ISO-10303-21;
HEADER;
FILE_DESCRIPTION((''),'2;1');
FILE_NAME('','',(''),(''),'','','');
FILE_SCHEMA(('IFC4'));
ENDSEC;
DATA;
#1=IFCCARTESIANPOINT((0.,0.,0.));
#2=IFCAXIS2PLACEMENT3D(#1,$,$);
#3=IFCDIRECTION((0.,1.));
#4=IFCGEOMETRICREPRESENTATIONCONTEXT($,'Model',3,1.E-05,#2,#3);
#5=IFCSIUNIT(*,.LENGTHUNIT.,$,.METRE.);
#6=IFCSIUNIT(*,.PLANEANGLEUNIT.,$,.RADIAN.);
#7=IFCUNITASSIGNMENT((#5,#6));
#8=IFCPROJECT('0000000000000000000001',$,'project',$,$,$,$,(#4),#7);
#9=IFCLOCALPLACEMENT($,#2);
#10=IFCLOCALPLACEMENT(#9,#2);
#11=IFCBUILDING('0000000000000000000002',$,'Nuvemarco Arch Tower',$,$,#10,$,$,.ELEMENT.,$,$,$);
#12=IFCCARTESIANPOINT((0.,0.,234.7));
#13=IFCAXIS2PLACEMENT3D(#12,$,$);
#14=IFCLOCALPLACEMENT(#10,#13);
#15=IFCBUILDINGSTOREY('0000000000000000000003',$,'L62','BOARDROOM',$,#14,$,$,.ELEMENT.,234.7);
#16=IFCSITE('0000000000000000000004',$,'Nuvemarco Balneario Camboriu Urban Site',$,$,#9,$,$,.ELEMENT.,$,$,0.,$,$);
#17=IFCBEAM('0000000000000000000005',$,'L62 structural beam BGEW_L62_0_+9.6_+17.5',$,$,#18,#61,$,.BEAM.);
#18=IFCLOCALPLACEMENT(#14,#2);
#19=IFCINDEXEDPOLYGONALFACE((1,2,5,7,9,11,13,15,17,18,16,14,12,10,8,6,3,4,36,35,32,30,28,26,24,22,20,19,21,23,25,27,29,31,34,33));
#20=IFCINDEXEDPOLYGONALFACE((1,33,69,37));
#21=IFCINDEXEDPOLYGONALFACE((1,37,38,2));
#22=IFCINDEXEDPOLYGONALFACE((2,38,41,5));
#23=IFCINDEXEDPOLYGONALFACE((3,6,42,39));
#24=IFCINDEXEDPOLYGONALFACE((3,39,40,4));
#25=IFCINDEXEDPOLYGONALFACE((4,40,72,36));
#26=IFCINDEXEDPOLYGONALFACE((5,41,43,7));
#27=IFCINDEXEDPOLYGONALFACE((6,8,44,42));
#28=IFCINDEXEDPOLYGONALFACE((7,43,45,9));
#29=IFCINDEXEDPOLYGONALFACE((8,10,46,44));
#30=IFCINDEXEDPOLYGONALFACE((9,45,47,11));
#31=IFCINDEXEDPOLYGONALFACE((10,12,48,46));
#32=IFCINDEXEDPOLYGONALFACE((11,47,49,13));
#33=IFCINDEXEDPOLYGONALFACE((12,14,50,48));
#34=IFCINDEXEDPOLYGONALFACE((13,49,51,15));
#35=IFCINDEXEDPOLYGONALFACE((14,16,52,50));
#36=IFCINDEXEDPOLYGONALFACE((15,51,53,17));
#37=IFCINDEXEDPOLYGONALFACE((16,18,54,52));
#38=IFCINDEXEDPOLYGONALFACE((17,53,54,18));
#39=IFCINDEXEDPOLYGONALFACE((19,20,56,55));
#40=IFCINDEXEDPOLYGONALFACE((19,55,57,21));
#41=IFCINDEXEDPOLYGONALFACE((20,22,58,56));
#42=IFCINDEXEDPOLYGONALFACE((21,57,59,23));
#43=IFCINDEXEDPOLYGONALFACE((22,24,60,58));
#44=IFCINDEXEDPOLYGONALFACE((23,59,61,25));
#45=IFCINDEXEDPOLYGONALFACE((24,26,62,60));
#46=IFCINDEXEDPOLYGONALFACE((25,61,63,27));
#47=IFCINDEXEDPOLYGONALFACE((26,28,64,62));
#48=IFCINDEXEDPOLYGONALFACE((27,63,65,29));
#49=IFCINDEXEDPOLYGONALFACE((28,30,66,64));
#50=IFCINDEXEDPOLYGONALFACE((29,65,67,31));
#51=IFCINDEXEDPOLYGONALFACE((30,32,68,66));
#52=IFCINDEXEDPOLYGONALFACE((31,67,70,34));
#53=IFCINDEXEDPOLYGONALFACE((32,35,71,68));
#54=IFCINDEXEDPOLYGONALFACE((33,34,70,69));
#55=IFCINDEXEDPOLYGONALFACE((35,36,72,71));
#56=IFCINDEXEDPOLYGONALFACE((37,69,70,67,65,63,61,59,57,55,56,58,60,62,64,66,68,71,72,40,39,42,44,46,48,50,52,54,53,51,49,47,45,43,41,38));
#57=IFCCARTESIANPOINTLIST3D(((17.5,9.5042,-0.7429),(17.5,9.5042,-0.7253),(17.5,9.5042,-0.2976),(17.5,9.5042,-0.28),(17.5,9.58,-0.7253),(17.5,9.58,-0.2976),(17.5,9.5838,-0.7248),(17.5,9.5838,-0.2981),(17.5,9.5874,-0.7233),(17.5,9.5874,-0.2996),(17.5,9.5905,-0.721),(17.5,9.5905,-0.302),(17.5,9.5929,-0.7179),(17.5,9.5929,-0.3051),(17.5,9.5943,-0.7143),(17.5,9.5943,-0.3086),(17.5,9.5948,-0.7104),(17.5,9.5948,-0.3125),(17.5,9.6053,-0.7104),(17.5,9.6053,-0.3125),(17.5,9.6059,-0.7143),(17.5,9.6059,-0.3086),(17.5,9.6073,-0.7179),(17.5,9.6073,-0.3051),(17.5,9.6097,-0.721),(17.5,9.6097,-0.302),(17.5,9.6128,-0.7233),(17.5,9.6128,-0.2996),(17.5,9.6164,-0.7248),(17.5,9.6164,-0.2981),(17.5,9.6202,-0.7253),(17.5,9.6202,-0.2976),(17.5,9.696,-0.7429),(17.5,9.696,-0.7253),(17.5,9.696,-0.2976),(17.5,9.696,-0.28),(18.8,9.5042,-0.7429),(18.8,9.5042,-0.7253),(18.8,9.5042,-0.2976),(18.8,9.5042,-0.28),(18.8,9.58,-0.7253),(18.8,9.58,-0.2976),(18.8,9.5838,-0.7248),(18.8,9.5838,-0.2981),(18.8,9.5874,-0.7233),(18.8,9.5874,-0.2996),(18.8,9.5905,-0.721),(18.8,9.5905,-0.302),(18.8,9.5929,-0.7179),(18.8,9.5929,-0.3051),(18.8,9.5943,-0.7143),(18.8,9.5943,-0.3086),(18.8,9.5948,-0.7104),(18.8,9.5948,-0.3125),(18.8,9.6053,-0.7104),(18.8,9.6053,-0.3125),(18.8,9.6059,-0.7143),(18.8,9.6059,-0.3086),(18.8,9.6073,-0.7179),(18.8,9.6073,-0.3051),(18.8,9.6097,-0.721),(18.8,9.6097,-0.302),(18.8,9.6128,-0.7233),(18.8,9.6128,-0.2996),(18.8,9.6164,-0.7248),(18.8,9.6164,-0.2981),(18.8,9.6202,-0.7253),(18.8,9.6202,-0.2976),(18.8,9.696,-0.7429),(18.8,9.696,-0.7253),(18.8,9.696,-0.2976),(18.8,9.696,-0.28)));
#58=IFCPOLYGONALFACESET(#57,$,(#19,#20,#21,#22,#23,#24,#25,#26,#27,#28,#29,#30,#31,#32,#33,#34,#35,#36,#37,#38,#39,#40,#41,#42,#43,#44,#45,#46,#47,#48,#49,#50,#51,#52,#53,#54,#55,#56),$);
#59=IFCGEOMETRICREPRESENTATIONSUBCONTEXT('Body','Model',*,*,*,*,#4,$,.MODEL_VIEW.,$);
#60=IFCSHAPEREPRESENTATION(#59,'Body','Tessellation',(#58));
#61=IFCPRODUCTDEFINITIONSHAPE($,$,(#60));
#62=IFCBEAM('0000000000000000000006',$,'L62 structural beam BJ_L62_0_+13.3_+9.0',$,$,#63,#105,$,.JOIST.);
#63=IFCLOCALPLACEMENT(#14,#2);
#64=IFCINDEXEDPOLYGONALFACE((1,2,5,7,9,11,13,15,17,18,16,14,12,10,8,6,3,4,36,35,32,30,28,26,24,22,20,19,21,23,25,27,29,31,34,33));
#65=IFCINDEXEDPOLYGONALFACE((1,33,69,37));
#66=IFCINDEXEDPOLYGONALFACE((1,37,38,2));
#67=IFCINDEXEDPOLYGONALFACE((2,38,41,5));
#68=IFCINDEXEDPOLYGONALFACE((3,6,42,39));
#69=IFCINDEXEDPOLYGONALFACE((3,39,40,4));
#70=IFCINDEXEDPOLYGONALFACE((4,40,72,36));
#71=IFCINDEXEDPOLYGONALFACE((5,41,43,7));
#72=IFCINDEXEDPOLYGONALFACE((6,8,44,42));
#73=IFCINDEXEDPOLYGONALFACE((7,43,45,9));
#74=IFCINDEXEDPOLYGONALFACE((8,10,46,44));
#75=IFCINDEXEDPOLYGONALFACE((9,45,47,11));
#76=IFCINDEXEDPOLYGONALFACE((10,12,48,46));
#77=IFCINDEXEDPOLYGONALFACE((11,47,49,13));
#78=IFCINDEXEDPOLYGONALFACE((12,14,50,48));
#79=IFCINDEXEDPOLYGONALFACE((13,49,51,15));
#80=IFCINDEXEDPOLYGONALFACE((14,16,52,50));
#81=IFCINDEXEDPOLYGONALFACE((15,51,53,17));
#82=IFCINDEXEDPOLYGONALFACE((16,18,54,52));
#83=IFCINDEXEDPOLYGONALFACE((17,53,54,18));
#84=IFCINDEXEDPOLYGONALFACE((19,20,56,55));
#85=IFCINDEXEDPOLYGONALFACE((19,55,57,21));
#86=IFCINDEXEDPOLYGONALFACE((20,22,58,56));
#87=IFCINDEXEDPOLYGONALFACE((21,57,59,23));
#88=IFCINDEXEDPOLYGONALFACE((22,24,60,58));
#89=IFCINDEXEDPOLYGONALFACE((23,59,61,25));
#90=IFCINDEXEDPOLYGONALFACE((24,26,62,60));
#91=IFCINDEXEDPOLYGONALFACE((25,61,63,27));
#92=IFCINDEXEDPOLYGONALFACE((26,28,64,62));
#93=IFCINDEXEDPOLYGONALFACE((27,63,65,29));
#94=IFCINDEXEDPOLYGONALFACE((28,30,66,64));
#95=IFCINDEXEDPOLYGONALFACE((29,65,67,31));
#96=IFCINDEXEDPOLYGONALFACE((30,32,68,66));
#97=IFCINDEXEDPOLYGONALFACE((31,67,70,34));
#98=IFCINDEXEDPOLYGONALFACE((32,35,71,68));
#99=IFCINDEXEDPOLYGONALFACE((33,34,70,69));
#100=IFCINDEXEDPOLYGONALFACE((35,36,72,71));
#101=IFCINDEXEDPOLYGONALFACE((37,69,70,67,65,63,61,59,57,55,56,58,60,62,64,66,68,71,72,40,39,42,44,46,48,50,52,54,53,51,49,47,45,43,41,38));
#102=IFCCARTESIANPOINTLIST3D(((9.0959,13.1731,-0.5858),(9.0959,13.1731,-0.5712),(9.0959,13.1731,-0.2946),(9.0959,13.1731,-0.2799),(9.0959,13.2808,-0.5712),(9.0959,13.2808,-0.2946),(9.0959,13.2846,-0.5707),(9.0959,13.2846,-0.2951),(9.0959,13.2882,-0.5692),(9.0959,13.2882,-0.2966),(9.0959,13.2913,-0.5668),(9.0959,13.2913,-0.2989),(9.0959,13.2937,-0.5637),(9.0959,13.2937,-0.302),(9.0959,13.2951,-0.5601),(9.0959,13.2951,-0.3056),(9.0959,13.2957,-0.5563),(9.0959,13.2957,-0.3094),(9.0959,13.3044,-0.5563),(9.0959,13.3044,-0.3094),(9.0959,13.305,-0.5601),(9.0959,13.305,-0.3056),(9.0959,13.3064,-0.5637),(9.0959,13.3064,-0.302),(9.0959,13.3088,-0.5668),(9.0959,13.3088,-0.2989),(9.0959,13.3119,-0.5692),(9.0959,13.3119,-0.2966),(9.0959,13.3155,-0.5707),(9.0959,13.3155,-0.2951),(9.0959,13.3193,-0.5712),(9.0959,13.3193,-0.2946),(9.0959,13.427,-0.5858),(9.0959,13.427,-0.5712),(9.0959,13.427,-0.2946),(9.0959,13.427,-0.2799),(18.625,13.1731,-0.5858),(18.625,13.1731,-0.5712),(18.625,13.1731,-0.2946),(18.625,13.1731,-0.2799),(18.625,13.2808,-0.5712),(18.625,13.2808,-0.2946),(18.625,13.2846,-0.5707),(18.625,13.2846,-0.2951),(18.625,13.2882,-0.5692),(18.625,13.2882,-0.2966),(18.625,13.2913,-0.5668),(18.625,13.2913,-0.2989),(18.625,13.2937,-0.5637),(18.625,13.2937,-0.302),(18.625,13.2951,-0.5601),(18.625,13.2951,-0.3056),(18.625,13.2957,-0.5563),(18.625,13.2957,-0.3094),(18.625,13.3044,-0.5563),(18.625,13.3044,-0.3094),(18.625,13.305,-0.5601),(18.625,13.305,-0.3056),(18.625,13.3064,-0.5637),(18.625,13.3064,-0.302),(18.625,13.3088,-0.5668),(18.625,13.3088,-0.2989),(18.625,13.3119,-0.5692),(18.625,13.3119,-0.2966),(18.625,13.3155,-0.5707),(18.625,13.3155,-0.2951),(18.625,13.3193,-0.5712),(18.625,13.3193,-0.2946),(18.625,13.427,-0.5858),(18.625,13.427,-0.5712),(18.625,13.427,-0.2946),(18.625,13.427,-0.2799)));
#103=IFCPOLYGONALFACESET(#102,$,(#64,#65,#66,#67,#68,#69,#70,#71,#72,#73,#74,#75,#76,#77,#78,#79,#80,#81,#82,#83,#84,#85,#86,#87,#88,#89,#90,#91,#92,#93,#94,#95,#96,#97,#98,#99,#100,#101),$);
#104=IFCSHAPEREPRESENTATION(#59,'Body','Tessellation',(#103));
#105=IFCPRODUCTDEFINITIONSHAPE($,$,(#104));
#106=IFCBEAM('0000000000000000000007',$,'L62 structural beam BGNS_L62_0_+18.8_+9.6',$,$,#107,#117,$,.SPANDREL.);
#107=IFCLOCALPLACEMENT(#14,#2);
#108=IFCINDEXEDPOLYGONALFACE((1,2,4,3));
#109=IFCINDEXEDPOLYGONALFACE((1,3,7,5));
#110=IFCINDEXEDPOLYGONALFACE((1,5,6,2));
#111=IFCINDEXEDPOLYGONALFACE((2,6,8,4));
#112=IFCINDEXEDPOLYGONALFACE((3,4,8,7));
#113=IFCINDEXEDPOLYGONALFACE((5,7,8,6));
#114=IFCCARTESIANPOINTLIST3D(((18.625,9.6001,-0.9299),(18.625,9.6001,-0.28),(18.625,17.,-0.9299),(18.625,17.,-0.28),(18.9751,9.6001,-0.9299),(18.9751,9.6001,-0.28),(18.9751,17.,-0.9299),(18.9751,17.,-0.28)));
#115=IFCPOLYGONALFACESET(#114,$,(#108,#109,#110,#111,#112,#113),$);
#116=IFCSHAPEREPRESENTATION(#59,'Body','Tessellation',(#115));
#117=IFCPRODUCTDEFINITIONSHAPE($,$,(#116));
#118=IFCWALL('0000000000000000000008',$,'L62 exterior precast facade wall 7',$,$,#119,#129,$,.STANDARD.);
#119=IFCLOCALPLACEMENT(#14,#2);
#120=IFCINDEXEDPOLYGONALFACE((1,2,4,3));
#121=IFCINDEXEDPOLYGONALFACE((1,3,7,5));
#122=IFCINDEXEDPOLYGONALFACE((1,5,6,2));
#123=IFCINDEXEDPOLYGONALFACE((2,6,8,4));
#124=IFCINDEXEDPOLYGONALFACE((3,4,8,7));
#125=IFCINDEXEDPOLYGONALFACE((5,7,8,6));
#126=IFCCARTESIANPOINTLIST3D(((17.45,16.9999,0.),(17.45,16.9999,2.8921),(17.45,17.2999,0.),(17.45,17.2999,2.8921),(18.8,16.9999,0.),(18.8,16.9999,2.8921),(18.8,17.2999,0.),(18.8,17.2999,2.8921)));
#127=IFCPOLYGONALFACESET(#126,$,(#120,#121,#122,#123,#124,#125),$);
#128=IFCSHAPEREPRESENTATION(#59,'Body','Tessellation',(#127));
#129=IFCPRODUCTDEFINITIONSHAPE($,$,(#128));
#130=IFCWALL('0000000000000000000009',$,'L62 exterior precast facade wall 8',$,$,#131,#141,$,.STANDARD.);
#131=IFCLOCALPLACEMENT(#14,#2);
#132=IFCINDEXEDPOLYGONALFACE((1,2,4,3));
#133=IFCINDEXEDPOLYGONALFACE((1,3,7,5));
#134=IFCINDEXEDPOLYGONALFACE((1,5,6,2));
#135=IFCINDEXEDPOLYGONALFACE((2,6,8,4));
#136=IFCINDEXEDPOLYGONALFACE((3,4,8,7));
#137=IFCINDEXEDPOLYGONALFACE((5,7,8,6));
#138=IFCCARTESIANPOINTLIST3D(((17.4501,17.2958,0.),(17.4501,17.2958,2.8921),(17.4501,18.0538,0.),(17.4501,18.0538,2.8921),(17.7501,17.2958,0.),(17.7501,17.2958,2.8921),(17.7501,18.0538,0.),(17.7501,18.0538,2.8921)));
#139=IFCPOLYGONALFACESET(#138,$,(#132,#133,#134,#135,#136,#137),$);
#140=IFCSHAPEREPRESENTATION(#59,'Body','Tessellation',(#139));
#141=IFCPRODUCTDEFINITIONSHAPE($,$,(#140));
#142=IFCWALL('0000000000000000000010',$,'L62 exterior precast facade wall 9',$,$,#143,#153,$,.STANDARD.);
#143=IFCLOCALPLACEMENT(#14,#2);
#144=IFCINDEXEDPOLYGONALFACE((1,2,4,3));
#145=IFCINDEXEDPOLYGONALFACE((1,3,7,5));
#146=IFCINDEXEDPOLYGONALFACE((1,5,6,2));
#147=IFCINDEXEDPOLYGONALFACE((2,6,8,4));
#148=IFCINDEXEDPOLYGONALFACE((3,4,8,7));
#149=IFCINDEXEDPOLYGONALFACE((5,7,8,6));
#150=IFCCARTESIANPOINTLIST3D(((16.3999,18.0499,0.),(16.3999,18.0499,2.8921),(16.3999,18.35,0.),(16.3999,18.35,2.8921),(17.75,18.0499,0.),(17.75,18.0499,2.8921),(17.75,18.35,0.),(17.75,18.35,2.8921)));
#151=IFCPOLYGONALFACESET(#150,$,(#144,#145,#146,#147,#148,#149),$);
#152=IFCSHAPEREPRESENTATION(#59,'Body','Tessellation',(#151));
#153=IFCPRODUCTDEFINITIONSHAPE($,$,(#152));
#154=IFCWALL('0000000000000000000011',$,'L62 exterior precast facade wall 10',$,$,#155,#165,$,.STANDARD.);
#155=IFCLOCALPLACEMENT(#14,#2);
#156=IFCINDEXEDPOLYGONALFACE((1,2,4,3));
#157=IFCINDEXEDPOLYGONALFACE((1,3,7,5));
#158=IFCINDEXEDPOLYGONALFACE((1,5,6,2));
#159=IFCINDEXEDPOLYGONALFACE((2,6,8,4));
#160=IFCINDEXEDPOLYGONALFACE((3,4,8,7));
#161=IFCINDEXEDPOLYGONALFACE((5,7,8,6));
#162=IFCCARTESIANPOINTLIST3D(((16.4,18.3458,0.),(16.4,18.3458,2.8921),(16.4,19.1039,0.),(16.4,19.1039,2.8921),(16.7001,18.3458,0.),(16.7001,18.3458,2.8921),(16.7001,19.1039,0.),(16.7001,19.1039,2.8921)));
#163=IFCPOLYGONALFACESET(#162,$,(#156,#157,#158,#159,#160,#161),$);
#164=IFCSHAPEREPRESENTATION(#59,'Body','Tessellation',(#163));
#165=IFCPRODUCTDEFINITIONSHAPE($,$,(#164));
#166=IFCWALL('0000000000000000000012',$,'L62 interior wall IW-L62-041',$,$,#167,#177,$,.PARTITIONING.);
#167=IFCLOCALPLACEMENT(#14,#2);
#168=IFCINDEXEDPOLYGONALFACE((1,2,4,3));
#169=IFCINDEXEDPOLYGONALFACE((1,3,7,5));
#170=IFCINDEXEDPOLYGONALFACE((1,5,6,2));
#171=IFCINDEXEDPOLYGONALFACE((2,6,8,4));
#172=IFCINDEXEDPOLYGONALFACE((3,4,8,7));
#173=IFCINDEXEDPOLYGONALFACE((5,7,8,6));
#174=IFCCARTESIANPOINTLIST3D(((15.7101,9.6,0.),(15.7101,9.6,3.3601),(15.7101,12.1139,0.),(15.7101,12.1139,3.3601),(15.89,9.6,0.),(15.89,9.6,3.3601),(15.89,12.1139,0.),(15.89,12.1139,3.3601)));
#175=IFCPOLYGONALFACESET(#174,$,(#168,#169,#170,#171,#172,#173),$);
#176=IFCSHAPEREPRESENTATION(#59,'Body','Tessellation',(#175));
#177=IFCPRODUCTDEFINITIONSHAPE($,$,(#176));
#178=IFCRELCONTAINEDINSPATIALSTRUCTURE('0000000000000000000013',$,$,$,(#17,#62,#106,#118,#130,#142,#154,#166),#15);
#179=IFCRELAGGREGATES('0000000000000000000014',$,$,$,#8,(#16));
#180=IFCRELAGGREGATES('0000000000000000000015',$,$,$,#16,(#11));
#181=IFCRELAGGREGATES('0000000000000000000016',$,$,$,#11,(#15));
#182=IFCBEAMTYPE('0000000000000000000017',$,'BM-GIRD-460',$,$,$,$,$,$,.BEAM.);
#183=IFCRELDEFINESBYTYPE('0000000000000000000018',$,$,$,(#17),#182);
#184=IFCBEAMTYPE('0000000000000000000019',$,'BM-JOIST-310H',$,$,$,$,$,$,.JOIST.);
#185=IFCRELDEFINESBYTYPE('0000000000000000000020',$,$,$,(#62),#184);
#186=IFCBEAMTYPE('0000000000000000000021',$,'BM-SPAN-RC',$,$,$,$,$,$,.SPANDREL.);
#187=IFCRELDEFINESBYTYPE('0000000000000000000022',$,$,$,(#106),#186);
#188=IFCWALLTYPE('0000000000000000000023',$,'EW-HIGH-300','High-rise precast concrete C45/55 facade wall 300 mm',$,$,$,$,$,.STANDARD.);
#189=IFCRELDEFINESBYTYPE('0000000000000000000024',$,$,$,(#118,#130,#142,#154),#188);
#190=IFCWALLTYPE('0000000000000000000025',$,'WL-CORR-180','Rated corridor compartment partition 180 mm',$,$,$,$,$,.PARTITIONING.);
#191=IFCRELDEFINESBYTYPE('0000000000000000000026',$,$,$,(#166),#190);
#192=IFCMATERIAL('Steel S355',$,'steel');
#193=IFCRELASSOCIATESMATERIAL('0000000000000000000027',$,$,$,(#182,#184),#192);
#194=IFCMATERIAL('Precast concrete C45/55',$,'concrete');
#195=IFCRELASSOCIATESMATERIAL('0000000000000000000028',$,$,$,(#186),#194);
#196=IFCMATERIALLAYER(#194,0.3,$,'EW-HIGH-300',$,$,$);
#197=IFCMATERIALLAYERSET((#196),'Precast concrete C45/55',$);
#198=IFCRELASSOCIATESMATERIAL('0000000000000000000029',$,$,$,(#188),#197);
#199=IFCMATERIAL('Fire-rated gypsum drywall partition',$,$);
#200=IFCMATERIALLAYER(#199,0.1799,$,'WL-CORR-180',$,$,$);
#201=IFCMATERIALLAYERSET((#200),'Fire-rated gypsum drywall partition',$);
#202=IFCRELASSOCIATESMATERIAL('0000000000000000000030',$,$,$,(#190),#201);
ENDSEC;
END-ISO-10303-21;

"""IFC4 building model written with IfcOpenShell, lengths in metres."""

from ifc_helpers import new_model, si_unit, direction, frame, frame_2d, origin, origin_2d, place, context, subcontext, project, spatial, rectangle, i_section, extrude, material, layer, layer_set, material_profile, profile_set, type_object, element, save


model = new_model("IFC4")

# Units and contexts
model_context = context("Model", 3, precision=1e-05, world=origin(), true_north=direction((0.0, 1.0)))
body_context = subcontext(model_context, "Body", "Model", "MODEL_VIEW")
ifc_project = project(units=[si_unit("LENGTHUNIT", "METRE"), si_unit("PLANEANGLEUNIT", "RADIAN")], contexts=[model_context])

# Site, building, storey
site_placement = place(None, origin())
site = spatial("IfcSite", under=ifc_project, at=site_placement, Name="Nuvemarco Balneario Camboriu Urban Site", CompositionType="ELEMENT", RefElevation=0.0)
building_placement = place(site_placement, origin())
building = spatial("IfcBuilding", under=site, at=building_placement, Name="Nuvemarco Arch Tower", CompositionType="ELEMENT")
storey_placement = place(building_placement, frame((0.0, 0.0, 234.7)))
storey = spatial("IfcBuildingStorey", under=building, at=storey_placement, Name="L62", Description="BOARDROOM", CompositionType="ELEMENT", Elevation=234.7)

# Shared definitions
ifc_material_1 = material(Name="Steel S355", Category="steel")

# Beams
ifc_material_profile_1 = material_profile(ifc_material_1, i_section(OverallWidth=0.1919, OverallDepth=0.4629, WebThickness=0.0105, FlangeThickness=0.0176, FilletRadius=0.0149, at=origin_2d()), Name="W460x89")
ifc_profile_set_1 = profile_set([ifc_material_profile_1], Name="Steel S355")
beam_type_1 = type_object("IfcBeamType", Name="BM-GIRD-460", PredefinedType="BEAM", material=ifc_profile_set_1)
beam_1_placement = place(storey_placement, frame((17.5, 9.6001, -0.5115), z_axis=(1.0, 0.0, 0.0), x_axis=(0.0, 1.0, 0.0)))
element("IfcBeam", 1, at=beam_1_placement, inside=storey, type_object=beam_type_1, Name="L62 structural beam BGEW_L62_0_+9.6_+17.5", PredefinedType="BEAM", context=body_context, shape_type="SweptSolid", body=[
    extrude(i_section(OverallWidth=0.1919, OverallDepth=0.4629, WebThickness=0.0105, FlangeThickness=0.0176, FilletRadius=0.0149, at=origin_2d()), origin(), (0.0, 0.0, 1.0), 1.3),
])
ifc_material_profile_2 = material_profile(ifc_material_1, i_section(OverallWidth=0.2539, OverallDepth=0.3059, WebThickness=0.0088, FlangeThickness=0.0146, FilletRadius=0.0149, at=origin_2d()), Name="W310x79")
ifc_profile_set_2 = profile_set([ifc_material_profile_2], Name="Steel S355")
beam_type_2 = type_object("IfcBeamType", Name="BM-JOIST-310H", PredefinedType="JOIST", material=ifc_profile_set_2)
beam_2_placement = place(storey_placement, frame((9.0959, 13.3, -0.4329), z_axis=(1.0, 0.0, 0.0), x_axis=(0.0, 1.0, 0.0)))
element("IfcBeam", 2, at=beam_2_placement, inside=storey, type_object=beam_type_2, Name="L62 structural beam BJ_L62_0_+13.3_+9.0", PredefinedType="JOIST", context=body_context, shape_type="SweptSolid", body=[
    extrude(i_section(OverallWidth=0.2539, OverallDepth=0.3059, WebThickness=0.0088, FlangeThickness=0.0146, FilletRadius=0.0149, at=origin_2d()), origin(), (0.0, 0.0, 1.0), 9.5291),
])
ifc_material_2 = material(Name="Precast concrete C45/55", Category="concrete")
ifc_material_profile_3 = material_profile(ifc_material_2, rectangle(XDim=0.3501, YDim=0.6499, at=origin_2d()), Name="PC-SP-350x650")
ifc_profile_set_3 = profile_set([ifc_material_profile_3], Name="Precast concrete C45/55")
beam_type_3 = type_object("IfcBeamType", Name="BM-SPAN-RC", PredefinedType="SPANDREL", material=ifc_profile_set_3)
beam_3_placement = place(storey_placement, frame((18.8, 9.6001, -0.605), z_axis=(0.0, 1.0, 0.0), x_axis=(-1.0, 0.0, 0.0)))
element("IfcBeam", 3, at=beam_3_placement, inside=storey, type_object=beam_type_3, Name="L62 structural beam BGNS_L62_0_+18.8_+9.6", PredefinedType="SPANDREL", context=body_context, shape_type="SweptSolid", body=[
    extrude(rectangle(XDim=0.3501, YDim=0.6499, at=origin_2d()), origin(), (0.0, 0.0, 1.0), 7.3999),
])

# Walls
ifc_layer_1 = layer(ifc_material_2, 0.3, Name="EW-HIGH-300")
ifc_layer_set_1 = layer_set([ifc_layer_1], Name="Precast concrete C45/55")
wall_type_1 = type_object("IfcWallType", Name="EW-HIGH-300", Description="High-rise precast concrete C45/55 facade wall 300 mm", PredefinedType="STANDARD", material=ifc_layer_set_1)
wall_1_placement = place(storey_placement, frame((17.45, 17.1499, 0.0), z_axis=(0.0, 0.0, 1.0), x_axis=(1.0, 0.0, 0.0)))
element("IfcWall", 4, at=wall_1_placement, inside=storey, type_object=wall_type_1, Name="L62 exterior precast facade wall 7", PredefinedType="STANDARD", context=body_context, shape_type="SweptSolid", body=[
    extrude(rectangle(XDim=1.3501, YDim=0.3, at=frame_2d((0.675, 0.0))), origin(), (0.0, 0.0, 1.0), 2.8921),
])
wall_2_placement = place(storey_placement, frame((17.6001, 17.2959, 0.0), z_axis=(0.0, 0.0, 1.0), x_axis=(0.0, 1.0, 0.0)))
element("IfcWall", 5, at=wall_2_placement, inside=storey, type_object=wall_type_1, Name="L62 exterior precast facade wall 8", PredefinedType="STANDARD", context=body_context, shape_type="SweptSolid", body=[
    extrude(rectangle(XDim=0.7581, YDim=0.3, at=frame_2d((0.3789, 0.0))), origin(), (0.0, 0.0, 1.0), 2.8921),
])
wall_3_placement = place(storey_placement, frame((16.3999, 18.2, 0.0), z_axis=(0.0, 0.0, 1.0), x_axis=(1.0, 0.0, 0.0)))
element("IfcWall", 6, at=wall_3_placement, inside=storey, type_object=wall_type_1, Name="L62 exterior precast facade wall 9", PredefinedType="STANDARD", context=body_context, shape_type="SweptSolid", body=[
    extrude(rectangle(XDim=1.3501, YDim=0.3, at=frame_2d((0.675, 0.0))), origin(), (0.0, 0.0, 1.0), 2.8921),
])
wall_4_placement = place(storey_placement, frame((16.55, 18.3459, 0.0), z_axis=(0.0, 0.0, 1.0), x_axis=(0.0, 1.0, 0.0)))
element("IfcWall", 7, at=wall_4_placement, inside=storey, type_object=wall_type_1, Name="L62 exterior precast facade wall 10", PredefinedType="STANDARD", context=body_context, shape_type="SweptSolid", body=[
    extrude(rectangle(XDim=0.7581, YDim=0.3, at=frame_2d((0.3789, 0.0))), origin(), (0.0, 0.0, 1.0), 2.8921),
])
ifc_material_3 = material(Name="Fire-rated gypsum drywall partition")
ifc_layer_2 = layer(ifc_material_3, 0.1799, Name="WL-CORR-180")
ifc_layer_set_2 = layer_set([ifc_layer_2], Name="Fire-rated gypsum drywall partition")
wall_type_2 = type_object("IfcWallType", Name="WL-CORR-180", Description="Rated corridor compartment partition 180 mm", PredefinedType="PARTITIONING", material=ifc_layer_set_2)
wall_5_placement = place(storey_placement, frame((15.8, 9.6001, 0.0), z_axis=(0.0, 0.0, 1.0), x_axis=(0.0, 1.0, 0.0)))
element("IfcWall", 8, at=wall_5_placement, inside=storey, type_object=wall_type_2, Name="L62 interior wall IW-L62-041", PredefinedType="PARTITIONING", context=body_context, shape_type="SweptSolid", body=[
    extrude(rectangle(XDim=2.5139, YDim=0.1799, at=frame_2d((1.2568, 0.0))), origin(), (0.0, 0.0, 1.0), 3.3601),
])

save(model, "model.ifc")
